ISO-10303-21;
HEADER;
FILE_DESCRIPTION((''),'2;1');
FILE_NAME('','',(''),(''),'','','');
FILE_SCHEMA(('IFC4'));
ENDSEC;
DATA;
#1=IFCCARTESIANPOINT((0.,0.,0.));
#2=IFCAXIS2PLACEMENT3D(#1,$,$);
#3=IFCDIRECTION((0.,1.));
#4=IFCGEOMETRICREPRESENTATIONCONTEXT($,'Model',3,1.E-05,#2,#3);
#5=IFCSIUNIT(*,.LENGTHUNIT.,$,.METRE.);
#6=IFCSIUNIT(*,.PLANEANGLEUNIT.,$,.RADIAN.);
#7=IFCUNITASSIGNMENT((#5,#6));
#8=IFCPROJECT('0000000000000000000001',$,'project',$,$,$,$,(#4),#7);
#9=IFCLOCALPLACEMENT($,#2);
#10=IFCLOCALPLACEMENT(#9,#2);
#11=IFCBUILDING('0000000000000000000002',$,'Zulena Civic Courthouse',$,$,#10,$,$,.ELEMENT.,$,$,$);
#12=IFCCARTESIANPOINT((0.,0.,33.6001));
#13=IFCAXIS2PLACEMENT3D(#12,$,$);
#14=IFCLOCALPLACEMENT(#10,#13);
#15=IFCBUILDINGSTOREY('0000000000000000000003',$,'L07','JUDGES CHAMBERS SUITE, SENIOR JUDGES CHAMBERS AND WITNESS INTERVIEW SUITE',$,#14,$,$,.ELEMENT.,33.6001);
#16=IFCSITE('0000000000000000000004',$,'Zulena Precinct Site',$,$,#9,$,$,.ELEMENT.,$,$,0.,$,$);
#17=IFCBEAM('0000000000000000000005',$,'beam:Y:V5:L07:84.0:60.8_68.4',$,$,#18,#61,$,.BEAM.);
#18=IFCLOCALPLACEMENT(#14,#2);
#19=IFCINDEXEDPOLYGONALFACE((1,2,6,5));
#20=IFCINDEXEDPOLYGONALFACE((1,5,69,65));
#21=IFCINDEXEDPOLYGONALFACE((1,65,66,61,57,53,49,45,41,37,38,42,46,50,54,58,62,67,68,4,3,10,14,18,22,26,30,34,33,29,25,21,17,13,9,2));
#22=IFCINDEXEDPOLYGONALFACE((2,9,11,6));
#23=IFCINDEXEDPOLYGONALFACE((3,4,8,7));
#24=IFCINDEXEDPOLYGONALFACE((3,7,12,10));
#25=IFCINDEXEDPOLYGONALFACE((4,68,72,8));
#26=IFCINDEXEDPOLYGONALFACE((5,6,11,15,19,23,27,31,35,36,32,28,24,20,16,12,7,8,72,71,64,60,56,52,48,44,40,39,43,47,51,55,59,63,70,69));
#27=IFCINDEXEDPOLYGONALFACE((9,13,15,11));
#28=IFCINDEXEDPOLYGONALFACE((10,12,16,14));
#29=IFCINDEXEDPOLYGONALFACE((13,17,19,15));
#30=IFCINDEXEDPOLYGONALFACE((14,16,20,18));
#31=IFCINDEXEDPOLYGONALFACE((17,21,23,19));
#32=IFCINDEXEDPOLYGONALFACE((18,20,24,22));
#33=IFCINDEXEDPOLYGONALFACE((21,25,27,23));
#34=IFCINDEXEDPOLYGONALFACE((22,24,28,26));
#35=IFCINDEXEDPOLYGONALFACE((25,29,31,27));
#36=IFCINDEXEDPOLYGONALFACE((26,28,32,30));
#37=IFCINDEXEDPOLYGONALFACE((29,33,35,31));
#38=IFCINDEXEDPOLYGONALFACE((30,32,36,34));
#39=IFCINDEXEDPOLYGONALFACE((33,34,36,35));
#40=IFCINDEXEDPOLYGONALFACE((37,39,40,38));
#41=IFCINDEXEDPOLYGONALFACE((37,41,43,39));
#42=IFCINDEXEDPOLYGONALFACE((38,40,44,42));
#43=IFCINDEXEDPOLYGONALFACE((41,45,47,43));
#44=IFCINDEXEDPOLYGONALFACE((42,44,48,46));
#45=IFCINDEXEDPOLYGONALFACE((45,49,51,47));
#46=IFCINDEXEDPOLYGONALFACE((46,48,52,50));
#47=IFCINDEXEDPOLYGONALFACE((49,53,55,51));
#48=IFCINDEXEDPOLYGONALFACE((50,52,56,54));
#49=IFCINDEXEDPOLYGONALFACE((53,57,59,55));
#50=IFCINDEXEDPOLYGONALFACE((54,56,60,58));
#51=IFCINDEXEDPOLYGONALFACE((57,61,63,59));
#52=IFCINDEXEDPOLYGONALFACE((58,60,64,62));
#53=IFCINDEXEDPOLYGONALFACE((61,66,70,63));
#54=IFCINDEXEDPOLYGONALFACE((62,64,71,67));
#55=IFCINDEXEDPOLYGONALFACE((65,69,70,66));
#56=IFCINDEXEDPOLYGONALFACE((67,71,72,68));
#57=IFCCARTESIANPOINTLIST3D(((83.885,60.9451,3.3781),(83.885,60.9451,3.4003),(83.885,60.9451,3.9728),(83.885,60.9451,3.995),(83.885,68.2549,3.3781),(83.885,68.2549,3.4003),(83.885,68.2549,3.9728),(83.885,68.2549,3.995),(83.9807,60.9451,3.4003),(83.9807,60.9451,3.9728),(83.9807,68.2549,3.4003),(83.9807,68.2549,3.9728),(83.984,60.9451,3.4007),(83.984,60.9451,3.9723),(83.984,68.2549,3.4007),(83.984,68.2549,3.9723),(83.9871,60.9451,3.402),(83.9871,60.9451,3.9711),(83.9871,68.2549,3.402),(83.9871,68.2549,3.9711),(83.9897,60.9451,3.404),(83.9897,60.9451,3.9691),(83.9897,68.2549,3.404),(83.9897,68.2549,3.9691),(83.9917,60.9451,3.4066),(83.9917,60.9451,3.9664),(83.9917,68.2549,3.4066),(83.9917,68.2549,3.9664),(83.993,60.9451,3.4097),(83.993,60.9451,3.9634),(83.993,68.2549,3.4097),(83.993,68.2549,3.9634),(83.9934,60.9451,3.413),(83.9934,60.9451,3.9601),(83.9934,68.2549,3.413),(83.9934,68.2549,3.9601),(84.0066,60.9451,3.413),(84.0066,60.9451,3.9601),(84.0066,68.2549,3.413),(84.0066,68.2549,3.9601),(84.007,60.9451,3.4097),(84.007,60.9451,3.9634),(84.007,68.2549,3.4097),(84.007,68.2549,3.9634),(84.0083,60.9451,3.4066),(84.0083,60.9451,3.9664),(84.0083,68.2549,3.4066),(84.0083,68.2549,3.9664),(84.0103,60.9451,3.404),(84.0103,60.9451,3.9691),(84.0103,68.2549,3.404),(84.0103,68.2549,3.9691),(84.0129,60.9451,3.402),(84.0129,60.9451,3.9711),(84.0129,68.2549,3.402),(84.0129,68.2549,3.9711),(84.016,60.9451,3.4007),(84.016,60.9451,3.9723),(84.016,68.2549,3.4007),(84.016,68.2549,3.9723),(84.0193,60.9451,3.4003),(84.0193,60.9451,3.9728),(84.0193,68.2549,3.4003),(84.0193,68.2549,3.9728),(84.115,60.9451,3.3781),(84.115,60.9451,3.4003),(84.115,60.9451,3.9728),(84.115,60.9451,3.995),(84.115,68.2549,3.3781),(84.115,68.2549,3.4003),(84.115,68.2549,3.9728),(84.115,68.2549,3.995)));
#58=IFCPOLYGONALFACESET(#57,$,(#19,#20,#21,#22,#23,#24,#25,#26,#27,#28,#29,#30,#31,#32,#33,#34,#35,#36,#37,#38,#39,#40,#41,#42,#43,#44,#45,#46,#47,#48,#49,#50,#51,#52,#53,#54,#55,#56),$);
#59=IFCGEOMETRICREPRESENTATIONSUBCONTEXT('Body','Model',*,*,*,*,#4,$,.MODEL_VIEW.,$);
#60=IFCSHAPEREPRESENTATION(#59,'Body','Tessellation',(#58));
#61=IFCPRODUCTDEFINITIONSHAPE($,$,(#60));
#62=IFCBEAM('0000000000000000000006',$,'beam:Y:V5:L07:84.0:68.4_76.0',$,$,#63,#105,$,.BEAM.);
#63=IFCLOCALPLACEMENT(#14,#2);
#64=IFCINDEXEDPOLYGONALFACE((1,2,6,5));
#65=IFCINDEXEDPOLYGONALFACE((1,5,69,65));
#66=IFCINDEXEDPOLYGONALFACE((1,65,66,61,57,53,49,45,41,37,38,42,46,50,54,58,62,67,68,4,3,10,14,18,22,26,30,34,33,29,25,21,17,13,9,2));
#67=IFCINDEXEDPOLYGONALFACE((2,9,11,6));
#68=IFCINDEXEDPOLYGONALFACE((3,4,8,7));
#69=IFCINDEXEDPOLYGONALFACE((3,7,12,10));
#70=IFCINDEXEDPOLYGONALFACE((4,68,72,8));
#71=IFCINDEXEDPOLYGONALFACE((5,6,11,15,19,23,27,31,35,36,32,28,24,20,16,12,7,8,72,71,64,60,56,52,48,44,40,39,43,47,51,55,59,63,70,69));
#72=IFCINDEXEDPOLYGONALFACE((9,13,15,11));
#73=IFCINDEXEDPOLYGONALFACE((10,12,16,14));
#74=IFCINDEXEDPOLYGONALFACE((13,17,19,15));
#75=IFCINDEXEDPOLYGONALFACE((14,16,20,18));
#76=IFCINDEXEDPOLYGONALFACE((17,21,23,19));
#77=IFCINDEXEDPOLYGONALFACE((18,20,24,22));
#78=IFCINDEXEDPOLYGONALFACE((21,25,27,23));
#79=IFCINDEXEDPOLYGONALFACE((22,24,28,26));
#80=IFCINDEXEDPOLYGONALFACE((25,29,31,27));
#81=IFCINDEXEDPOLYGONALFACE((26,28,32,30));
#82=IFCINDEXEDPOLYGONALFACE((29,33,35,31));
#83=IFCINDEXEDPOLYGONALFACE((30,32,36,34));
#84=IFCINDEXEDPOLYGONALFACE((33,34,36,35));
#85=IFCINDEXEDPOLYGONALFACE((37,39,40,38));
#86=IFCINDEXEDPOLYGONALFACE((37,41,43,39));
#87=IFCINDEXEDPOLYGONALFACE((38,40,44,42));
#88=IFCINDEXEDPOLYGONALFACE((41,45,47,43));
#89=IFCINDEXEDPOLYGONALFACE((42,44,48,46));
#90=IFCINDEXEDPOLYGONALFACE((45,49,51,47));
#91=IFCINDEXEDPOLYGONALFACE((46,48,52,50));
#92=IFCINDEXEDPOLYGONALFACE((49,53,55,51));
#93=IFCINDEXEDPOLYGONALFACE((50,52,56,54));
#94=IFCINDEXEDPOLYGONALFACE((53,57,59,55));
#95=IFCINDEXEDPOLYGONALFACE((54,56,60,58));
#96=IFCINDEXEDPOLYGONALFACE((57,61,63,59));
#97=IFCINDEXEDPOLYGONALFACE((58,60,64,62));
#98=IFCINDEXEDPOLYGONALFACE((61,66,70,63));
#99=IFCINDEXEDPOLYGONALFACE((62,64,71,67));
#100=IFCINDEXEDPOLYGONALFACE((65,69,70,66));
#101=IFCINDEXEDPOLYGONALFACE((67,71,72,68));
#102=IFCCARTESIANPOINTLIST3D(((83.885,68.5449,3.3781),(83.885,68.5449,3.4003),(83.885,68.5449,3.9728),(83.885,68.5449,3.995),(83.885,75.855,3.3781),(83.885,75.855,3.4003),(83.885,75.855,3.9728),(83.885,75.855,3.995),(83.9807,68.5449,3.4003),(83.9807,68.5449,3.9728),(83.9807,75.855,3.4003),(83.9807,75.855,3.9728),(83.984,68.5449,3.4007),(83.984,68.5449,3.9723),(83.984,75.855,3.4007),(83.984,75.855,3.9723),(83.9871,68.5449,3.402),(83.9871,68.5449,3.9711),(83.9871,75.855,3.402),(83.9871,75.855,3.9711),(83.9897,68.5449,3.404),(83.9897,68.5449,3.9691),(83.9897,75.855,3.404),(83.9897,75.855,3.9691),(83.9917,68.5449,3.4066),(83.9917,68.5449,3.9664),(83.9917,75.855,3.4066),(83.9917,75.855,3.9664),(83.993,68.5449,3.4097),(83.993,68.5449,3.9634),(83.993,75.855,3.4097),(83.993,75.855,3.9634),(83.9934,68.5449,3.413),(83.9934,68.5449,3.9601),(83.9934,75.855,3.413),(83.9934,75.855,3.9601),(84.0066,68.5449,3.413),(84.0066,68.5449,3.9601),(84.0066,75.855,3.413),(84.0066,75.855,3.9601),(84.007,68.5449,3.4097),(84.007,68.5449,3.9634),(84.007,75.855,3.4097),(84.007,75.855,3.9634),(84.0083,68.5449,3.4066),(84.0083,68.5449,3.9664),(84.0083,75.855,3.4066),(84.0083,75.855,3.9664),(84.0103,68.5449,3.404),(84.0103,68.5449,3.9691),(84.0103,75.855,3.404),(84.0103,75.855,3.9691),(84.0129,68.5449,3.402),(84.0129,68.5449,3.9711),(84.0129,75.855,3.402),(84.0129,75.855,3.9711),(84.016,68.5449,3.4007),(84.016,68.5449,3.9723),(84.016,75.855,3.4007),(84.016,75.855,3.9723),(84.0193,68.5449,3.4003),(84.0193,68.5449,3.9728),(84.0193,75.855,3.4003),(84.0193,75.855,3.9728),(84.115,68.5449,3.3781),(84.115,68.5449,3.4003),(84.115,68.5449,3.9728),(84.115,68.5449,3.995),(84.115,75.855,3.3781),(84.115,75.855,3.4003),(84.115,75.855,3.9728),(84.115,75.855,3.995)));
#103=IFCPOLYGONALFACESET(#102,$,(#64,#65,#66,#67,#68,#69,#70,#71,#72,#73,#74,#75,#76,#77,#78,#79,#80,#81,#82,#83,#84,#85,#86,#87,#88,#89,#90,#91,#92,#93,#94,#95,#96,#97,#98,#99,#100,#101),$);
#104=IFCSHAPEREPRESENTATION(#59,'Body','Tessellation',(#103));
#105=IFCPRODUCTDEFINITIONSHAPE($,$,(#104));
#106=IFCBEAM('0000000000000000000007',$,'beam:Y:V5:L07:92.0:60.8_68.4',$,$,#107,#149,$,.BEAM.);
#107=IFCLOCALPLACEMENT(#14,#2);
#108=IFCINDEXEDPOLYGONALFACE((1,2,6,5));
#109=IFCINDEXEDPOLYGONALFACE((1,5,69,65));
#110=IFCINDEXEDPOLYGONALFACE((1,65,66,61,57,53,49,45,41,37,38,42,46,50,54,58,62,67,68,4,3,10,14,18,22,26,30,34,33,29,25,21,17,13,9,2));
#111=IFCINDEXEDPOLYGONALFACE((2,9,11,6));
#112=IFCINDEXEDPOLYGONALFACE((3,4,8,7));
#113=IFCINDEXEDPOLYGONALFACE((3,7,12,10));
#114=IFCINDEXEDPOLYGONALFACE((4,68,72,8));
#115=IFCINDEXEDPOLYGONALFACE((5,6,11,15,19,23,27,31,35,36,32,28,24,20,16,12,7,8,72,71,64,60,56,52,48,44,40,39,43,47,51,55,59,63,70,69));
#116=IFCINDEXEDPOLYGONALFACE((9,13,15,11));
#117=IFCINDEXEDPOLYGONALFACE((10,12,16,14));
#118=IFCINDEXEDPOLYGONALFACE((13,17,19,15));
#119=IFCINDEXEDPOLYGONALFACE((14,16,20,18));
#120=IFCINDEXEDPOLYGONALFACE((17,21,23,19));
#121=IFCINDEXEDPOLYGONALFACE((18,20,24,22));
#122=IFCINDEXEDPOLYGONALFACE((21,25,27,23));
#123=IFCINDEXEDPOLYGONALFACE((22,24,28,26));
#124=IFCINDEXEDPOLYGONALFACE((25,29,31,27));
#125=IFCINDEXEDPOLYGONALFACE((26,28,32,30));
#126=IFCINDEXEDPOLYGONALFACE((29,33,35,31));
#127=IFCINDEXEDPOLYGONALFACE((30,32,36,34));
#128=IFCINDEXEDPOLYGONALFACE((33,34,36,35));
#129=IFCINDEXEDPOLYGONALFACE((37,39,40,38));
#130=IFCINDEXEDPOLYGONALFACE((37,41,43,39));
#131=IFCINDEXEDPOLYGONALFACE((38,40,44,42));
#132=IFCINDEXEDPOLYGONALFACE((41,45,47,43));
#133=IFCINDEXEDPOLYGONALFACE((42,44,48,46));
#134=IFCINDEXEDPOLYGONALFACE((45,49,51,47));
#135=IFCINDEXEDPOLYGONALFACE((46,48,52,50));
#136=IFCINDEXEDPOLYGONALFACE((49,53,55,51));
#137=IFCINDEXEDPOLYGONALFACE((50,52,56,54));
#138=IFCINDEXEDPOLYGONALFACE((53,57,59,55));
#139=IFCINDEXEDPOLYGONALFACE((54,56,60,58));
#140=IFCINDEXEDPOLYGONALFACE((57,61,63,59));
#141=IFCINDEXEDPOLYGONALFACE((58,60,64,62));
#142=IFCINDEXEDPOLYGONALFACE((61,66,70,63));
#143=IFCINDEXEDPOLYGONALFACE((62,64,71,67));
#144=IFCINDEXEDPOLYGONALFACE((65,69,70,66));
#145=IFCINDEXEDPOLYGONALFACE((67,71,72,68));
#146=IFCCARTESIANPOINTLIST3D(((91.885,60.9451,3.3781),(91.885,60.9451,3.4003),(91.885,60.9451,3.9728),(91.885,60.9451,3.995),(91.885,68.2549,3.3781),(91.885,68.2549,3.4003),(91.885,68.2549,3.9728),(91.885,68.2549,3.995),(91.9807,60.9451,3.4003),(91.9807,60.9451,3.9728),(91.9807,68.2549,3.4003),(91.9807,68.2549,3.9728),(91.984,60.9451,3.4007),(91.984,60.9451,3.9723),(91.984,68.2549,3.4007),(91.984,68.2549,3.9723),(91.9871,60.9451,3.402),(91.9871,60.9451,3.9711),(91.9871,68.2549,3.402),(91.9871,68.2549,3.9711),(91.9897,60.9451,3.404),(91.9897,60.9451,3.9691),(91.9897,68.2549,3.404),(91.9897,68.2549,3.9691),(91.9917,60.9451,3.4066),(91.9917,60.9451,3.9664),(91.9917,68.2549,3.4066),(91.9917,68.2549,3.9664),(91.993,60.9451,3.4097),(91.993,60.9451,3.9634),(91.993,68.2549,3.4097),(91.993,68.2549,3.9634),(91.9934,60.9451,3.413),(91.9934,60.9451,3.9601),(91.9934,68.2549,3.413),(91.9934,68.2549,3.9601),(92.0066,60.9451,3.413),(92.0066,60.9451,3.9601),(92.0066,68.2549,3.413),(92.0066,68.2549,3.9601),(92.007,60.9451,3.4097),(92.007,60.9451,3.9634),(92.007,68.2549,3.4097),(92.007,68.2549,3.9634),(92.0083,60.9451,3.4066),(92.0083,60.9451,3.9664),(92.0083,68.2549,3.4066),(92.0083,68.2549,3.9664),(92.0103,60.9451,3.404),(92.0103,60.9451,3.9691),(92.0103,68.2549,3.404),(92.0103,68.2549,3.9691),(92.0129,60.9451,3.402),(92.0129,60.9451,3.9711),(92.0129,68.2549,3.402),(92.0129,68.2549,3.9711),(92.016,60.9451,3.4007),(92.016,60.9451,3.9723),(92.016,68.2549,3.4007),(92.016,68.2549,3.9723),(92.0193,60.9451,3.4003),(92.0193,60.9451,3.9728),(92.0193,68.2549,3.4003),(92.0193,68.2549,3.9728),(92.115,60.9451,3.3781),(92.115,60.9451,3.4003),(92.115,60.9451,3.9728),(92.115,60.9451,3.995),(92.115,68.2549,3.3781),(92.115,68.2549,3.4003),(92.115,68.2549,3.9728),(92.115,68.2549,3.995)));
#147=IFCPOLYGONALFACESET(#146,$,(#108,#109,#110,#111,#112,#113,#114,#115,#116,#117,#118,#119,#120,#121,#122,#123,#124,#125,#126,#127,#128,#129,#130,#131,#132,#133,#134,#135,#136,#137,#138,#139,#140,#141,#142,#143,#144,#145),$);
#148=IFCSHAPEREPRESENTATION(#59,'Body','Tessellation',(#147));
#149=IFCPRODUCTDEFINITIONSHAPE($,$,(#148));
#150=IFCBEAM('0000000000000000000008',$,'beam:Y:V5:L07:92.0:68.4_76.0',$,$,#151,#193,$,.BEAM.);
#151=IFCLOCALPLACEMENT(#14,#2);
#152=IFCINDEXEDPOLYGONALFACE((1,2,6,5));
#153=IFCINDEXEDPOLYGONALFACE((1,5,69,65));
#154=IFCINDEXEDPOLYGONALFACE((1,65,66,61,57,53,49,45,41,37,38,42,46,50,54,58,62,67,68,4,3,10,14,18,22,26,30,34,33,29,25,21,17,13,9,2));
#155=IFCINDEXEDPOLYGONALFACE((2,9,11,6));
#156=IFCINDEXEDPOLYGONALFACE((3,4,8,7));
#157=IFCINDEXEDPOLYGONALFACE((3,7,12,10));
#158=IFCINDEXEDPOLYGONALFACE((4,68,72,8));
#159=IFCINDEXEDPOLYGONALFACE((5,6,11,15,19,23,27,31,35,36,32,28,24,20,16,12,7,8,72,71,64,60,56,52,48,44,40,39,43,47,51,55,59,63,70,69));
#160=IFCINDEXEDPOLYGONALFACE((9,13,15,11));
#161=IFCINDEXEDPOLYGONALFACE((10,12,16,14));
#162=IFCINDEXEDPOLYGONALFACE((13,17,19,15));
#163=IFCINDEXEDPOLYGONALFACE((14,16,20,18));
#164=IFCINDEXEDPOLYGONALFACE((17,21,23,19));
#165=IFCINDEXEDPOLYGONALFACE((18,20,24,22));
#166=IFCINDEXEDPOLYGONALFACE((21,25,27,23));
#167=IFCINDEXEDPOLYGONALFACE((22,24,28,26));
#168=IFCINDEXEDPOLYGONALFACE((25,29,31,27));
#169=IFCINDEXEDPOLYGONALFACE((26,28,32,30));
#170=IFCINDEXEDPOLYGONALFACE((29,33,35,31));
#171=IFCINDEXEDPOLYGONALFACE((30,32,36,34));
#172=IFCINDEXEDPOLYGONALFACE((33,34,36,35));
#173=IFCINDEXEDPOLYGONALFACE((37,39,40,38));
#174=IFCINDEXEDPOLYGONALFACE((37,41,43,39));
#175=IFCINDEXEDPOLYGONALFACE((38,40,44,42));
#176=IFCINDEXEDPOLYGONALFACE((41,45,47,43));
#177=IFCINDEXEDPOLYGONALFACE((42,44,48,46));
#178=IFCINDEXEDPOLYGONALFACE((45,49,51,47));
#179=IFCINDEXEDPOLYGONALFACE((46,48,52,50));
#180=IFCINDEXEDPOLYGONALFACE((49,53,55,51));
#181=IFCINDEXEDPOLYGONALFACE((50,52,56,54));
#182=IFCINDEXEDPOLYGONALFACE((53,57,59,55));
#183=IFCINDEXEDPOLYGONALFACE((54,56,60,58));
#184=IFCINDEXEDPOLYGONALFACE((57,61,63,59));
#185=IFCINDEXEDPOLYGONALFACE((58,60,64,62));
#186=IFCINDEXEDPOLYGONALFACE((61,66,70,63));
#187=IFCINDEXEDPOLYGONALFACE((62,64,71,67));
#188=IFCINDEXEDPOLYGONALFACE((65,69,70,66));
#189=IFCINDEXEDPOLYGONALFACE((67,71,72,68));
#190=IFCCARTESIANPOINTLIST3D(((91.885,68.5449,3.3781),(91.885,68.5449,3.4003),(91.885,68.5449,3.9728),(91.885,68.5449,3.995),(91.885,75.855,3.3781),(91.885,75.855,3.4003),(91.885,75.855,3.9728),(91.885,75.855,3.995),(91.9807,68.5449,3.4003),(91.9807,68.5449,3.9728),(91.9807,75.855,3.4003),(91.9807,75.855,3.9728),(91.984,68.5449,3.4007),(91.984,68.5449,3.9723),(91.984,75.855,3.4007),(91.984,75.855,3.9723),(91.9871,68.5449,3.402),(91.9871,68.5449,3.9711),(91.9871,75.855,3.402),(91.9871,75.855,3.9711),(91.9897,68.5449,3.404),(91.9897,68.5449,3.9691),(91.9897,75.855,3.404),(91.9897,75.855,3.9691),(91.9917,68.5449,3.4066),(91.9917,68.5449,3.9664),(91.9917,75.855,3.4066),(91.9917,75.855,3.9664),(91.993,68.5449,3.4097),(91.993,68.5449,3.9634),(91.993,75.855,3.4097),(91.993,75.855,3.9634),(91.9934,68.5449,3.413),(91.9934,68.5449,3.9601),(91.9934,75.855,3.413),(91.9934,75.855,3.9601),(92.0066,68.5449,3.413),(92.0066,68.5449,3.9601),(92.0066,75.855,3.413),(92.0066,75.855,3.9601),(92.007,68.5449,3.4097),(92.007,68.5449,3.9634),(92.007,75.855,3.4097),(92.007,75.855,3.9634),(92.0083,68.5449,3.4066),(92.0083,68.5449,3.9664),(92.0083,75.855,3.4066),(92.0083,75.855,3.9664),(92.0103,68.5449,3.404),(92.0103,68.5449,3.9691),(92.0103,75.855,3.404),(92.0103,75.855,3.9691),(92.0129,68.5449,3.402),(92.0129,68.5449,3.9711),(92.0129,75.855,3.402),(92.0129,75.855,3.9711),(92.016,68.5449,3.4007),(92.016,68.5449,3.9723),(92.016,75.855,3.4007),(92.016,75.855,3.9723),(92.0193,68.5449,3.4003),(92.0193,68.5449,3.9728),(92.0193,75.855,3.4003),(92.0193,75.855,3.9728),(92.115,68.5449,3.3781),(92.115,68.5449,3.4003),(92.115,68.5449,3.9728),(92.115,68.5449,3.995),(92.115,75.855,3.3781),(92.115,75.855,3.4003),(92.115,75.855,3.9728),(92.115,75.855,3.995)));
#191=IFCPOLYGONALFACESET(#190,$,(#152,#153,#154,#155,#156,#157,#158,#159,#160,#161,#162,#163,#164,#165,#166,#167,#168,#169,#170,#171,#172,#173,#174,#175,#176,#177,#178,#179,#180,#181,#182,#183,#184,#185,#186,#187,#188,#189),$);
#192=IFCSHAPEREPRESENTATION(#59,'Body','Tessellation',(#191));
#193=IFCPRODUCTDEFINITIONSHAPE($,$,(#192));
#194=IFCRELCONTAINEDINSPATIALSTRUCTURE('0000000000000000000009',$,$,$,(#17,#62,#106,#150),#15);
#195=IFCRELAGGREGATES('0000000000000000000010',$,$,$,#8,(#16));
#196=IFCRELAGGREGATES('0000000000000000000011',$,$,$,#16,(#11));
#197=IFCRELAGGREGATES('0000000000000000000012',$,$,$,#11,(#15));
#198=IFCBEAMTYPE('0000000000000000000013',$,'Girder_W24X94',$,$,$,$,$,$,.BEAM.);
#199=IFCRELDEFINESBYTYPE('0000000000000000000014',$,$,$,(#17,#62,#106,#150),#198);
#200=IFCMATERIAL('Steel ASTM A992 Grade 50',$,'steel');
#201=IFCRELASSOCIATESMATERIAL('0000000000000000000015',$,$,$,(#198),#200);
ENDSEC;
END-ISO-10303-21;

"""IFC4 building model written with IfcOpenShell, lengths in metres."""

from ifc_helpers import new_model, si_unit, direction, frame, origin, origin_2d, place, context, subcontext, project, spatial, i_section, extrude, material, material_profile, profile_set, type_object, element, save


model = new_model("IFC4")

# Units and contexts
model_context = context("Model", 3, precision=1e-05, world=origin(), true_north=direction((0.0, 1.0)))
body_context = subcontext(model_context, "Body", "Model", "MODEL_VIEW")
ifc_project = project(units=[si_unit("LENGTHUNIT", "METRE"), si_unit("PLANEANGLEUNIT", "RADIAN")], contexts=[model_context])

# Site, building, storey
site_placement = place(None, origin())
site = spatial("IfcSite", under=ifc_project, at=site_placement, Name="Zulena Precinct Site", CompositionType="ELEMENT", RefElevation=0.0)
building_placement = place(site_placement, origin())
building = spatial("IfcBuilding", under=site, at=building_placement, Name="Zulena Civic Courthouse", CompositionType="ELEMENT")
storey_placement = place(building_placement, frame((0.0, 0.0, 33.6001)))
storey = spatial("IfcBuildingStorey", under=building, at=storey_placement, Name="L07", Description="JUDGES CHAMBERS SUITE, SENIOR JUDGES CHAMBERS AND WITNESS INTERVIEW SUITE", CompositionType="ELEMENT", Elevation=33.6001)

# Shared definitions
ifc_material_1 = material(Name="Steel ASTM A992 Grade 50", Category="steel")

# Beams
ifc_material_profile_1 = material_profile(ifc_material_1, i_section(OverallWidth=0.23, OverallDepth=0.6169, WebThickness=0.0132, FlangeThickness=0.0222, FilletRadius=0.0127, at=origin_2d()), Name="W24X94")
ifc_profile_set_1 = profile_set([ifc_material_profile_1], Name="Steel ASTM A992 Grade 50")
beam_type_1 = type_object("IfcBeamType", Name="Girder_W24X94", PredefinedType="BEAM", material=ifc_profile_set_1)
beam_1_placement = place(storey_placement, frame((84.0, 60.9451, 3.6865), z_axis=(0.0, 1.0, 0.0), x_axis=(-1.0, 0.0, 0.0)))
element("IfcBeam", 1, at=beam_1_placement, inside=storey, type_object=beam_type_1, Name="beam:Y:V5:L07:84.0:60.8_68.4", PredefinedType="BEAM", context=body_context, shape_type="SweptSolid", body=[
    extrude(i_section(OverallWidth=0.23, OverallDepth=0.6169, WebThickness=0.0132, FlangeThickness=0.0222, FilletRadius=0.0127, at=origin_2d()), origin(), (0.0, 0.0, 1.0), 7.3098),
])
beam_2_placement = place(storey_placement, frame((84.0, 68.5449, 3.6865), z_axis=(0.0, 1.0, 0.0), x_axis=(-1.0, 0.0, 0.0)))
element("IfcBeam", 2, at=beam_2_placement, inside=storey, type_object=beam_type_1, Name="beam:Y:V5:L07:84.0:68.4_76.0", PredefinedType="BEAM", context=body_context, shape_type="SweptSolid", body=[
    extrude(i_section(OverallWidth=0.23, OverallDepth=0.6169, WebThickness=0.0132, FlangeThickness=0.0222, FilletRadius=0.0127, at=origin_2d()), origin(), (0.0, 0.0, 1.0), 7.3101),
])
beam_3_placement = place(storey_placement, frame((92.0, 60.9451, 3.6865), z_axis=(0.0, 1.0, 0.0), x_axis=(-1.0, 0.0, 0.0)))
element("IfcBeam", 3, at=beam_3_placement, inside=storey, type_object=beam_type_1, Name="beam:Y:V5:L07:92.0:60.8_68.4", PredefinedType="BEAM", context=body_context, shape_type="SweptSolid", body=[
    extrude(i_section(OverallWidth=0.23, OverallDepth=0.6169, WebThickness=0.0132, FlangeThickness=0.0222, FilletRadius=0.0127, at=origin_2d()), origin(), (0.0, 0.0, 1.0), 7.3098),
])
beam_4_placement = place(storey_placement, frame((92.0, 68.5449, 3.6865), z_axis=(0.0, 1.0, 0.0), x_axis=(-1.0, 0.0, 0.0)))
element("IfcBeam", 4, at=beam_4_placement, inside=storey, type_object=beam_type_1, Name="beam:Y:V5:L07:92.0:68.4_76.0", PredefinedType="BEAM", context=body_context, shape_type="SweptSolid", body=[
    extrude(i_section(OverallWidth=0.23, OverallDepth=0.6169, WebThickness=0.0132, FlangeThickness=0.0222, FilletRadius=0.0127, at=origin_2d()), origin(), (0.0, 0.0, 1.0), 7.3101),
])

save(model, "model.ifc")
